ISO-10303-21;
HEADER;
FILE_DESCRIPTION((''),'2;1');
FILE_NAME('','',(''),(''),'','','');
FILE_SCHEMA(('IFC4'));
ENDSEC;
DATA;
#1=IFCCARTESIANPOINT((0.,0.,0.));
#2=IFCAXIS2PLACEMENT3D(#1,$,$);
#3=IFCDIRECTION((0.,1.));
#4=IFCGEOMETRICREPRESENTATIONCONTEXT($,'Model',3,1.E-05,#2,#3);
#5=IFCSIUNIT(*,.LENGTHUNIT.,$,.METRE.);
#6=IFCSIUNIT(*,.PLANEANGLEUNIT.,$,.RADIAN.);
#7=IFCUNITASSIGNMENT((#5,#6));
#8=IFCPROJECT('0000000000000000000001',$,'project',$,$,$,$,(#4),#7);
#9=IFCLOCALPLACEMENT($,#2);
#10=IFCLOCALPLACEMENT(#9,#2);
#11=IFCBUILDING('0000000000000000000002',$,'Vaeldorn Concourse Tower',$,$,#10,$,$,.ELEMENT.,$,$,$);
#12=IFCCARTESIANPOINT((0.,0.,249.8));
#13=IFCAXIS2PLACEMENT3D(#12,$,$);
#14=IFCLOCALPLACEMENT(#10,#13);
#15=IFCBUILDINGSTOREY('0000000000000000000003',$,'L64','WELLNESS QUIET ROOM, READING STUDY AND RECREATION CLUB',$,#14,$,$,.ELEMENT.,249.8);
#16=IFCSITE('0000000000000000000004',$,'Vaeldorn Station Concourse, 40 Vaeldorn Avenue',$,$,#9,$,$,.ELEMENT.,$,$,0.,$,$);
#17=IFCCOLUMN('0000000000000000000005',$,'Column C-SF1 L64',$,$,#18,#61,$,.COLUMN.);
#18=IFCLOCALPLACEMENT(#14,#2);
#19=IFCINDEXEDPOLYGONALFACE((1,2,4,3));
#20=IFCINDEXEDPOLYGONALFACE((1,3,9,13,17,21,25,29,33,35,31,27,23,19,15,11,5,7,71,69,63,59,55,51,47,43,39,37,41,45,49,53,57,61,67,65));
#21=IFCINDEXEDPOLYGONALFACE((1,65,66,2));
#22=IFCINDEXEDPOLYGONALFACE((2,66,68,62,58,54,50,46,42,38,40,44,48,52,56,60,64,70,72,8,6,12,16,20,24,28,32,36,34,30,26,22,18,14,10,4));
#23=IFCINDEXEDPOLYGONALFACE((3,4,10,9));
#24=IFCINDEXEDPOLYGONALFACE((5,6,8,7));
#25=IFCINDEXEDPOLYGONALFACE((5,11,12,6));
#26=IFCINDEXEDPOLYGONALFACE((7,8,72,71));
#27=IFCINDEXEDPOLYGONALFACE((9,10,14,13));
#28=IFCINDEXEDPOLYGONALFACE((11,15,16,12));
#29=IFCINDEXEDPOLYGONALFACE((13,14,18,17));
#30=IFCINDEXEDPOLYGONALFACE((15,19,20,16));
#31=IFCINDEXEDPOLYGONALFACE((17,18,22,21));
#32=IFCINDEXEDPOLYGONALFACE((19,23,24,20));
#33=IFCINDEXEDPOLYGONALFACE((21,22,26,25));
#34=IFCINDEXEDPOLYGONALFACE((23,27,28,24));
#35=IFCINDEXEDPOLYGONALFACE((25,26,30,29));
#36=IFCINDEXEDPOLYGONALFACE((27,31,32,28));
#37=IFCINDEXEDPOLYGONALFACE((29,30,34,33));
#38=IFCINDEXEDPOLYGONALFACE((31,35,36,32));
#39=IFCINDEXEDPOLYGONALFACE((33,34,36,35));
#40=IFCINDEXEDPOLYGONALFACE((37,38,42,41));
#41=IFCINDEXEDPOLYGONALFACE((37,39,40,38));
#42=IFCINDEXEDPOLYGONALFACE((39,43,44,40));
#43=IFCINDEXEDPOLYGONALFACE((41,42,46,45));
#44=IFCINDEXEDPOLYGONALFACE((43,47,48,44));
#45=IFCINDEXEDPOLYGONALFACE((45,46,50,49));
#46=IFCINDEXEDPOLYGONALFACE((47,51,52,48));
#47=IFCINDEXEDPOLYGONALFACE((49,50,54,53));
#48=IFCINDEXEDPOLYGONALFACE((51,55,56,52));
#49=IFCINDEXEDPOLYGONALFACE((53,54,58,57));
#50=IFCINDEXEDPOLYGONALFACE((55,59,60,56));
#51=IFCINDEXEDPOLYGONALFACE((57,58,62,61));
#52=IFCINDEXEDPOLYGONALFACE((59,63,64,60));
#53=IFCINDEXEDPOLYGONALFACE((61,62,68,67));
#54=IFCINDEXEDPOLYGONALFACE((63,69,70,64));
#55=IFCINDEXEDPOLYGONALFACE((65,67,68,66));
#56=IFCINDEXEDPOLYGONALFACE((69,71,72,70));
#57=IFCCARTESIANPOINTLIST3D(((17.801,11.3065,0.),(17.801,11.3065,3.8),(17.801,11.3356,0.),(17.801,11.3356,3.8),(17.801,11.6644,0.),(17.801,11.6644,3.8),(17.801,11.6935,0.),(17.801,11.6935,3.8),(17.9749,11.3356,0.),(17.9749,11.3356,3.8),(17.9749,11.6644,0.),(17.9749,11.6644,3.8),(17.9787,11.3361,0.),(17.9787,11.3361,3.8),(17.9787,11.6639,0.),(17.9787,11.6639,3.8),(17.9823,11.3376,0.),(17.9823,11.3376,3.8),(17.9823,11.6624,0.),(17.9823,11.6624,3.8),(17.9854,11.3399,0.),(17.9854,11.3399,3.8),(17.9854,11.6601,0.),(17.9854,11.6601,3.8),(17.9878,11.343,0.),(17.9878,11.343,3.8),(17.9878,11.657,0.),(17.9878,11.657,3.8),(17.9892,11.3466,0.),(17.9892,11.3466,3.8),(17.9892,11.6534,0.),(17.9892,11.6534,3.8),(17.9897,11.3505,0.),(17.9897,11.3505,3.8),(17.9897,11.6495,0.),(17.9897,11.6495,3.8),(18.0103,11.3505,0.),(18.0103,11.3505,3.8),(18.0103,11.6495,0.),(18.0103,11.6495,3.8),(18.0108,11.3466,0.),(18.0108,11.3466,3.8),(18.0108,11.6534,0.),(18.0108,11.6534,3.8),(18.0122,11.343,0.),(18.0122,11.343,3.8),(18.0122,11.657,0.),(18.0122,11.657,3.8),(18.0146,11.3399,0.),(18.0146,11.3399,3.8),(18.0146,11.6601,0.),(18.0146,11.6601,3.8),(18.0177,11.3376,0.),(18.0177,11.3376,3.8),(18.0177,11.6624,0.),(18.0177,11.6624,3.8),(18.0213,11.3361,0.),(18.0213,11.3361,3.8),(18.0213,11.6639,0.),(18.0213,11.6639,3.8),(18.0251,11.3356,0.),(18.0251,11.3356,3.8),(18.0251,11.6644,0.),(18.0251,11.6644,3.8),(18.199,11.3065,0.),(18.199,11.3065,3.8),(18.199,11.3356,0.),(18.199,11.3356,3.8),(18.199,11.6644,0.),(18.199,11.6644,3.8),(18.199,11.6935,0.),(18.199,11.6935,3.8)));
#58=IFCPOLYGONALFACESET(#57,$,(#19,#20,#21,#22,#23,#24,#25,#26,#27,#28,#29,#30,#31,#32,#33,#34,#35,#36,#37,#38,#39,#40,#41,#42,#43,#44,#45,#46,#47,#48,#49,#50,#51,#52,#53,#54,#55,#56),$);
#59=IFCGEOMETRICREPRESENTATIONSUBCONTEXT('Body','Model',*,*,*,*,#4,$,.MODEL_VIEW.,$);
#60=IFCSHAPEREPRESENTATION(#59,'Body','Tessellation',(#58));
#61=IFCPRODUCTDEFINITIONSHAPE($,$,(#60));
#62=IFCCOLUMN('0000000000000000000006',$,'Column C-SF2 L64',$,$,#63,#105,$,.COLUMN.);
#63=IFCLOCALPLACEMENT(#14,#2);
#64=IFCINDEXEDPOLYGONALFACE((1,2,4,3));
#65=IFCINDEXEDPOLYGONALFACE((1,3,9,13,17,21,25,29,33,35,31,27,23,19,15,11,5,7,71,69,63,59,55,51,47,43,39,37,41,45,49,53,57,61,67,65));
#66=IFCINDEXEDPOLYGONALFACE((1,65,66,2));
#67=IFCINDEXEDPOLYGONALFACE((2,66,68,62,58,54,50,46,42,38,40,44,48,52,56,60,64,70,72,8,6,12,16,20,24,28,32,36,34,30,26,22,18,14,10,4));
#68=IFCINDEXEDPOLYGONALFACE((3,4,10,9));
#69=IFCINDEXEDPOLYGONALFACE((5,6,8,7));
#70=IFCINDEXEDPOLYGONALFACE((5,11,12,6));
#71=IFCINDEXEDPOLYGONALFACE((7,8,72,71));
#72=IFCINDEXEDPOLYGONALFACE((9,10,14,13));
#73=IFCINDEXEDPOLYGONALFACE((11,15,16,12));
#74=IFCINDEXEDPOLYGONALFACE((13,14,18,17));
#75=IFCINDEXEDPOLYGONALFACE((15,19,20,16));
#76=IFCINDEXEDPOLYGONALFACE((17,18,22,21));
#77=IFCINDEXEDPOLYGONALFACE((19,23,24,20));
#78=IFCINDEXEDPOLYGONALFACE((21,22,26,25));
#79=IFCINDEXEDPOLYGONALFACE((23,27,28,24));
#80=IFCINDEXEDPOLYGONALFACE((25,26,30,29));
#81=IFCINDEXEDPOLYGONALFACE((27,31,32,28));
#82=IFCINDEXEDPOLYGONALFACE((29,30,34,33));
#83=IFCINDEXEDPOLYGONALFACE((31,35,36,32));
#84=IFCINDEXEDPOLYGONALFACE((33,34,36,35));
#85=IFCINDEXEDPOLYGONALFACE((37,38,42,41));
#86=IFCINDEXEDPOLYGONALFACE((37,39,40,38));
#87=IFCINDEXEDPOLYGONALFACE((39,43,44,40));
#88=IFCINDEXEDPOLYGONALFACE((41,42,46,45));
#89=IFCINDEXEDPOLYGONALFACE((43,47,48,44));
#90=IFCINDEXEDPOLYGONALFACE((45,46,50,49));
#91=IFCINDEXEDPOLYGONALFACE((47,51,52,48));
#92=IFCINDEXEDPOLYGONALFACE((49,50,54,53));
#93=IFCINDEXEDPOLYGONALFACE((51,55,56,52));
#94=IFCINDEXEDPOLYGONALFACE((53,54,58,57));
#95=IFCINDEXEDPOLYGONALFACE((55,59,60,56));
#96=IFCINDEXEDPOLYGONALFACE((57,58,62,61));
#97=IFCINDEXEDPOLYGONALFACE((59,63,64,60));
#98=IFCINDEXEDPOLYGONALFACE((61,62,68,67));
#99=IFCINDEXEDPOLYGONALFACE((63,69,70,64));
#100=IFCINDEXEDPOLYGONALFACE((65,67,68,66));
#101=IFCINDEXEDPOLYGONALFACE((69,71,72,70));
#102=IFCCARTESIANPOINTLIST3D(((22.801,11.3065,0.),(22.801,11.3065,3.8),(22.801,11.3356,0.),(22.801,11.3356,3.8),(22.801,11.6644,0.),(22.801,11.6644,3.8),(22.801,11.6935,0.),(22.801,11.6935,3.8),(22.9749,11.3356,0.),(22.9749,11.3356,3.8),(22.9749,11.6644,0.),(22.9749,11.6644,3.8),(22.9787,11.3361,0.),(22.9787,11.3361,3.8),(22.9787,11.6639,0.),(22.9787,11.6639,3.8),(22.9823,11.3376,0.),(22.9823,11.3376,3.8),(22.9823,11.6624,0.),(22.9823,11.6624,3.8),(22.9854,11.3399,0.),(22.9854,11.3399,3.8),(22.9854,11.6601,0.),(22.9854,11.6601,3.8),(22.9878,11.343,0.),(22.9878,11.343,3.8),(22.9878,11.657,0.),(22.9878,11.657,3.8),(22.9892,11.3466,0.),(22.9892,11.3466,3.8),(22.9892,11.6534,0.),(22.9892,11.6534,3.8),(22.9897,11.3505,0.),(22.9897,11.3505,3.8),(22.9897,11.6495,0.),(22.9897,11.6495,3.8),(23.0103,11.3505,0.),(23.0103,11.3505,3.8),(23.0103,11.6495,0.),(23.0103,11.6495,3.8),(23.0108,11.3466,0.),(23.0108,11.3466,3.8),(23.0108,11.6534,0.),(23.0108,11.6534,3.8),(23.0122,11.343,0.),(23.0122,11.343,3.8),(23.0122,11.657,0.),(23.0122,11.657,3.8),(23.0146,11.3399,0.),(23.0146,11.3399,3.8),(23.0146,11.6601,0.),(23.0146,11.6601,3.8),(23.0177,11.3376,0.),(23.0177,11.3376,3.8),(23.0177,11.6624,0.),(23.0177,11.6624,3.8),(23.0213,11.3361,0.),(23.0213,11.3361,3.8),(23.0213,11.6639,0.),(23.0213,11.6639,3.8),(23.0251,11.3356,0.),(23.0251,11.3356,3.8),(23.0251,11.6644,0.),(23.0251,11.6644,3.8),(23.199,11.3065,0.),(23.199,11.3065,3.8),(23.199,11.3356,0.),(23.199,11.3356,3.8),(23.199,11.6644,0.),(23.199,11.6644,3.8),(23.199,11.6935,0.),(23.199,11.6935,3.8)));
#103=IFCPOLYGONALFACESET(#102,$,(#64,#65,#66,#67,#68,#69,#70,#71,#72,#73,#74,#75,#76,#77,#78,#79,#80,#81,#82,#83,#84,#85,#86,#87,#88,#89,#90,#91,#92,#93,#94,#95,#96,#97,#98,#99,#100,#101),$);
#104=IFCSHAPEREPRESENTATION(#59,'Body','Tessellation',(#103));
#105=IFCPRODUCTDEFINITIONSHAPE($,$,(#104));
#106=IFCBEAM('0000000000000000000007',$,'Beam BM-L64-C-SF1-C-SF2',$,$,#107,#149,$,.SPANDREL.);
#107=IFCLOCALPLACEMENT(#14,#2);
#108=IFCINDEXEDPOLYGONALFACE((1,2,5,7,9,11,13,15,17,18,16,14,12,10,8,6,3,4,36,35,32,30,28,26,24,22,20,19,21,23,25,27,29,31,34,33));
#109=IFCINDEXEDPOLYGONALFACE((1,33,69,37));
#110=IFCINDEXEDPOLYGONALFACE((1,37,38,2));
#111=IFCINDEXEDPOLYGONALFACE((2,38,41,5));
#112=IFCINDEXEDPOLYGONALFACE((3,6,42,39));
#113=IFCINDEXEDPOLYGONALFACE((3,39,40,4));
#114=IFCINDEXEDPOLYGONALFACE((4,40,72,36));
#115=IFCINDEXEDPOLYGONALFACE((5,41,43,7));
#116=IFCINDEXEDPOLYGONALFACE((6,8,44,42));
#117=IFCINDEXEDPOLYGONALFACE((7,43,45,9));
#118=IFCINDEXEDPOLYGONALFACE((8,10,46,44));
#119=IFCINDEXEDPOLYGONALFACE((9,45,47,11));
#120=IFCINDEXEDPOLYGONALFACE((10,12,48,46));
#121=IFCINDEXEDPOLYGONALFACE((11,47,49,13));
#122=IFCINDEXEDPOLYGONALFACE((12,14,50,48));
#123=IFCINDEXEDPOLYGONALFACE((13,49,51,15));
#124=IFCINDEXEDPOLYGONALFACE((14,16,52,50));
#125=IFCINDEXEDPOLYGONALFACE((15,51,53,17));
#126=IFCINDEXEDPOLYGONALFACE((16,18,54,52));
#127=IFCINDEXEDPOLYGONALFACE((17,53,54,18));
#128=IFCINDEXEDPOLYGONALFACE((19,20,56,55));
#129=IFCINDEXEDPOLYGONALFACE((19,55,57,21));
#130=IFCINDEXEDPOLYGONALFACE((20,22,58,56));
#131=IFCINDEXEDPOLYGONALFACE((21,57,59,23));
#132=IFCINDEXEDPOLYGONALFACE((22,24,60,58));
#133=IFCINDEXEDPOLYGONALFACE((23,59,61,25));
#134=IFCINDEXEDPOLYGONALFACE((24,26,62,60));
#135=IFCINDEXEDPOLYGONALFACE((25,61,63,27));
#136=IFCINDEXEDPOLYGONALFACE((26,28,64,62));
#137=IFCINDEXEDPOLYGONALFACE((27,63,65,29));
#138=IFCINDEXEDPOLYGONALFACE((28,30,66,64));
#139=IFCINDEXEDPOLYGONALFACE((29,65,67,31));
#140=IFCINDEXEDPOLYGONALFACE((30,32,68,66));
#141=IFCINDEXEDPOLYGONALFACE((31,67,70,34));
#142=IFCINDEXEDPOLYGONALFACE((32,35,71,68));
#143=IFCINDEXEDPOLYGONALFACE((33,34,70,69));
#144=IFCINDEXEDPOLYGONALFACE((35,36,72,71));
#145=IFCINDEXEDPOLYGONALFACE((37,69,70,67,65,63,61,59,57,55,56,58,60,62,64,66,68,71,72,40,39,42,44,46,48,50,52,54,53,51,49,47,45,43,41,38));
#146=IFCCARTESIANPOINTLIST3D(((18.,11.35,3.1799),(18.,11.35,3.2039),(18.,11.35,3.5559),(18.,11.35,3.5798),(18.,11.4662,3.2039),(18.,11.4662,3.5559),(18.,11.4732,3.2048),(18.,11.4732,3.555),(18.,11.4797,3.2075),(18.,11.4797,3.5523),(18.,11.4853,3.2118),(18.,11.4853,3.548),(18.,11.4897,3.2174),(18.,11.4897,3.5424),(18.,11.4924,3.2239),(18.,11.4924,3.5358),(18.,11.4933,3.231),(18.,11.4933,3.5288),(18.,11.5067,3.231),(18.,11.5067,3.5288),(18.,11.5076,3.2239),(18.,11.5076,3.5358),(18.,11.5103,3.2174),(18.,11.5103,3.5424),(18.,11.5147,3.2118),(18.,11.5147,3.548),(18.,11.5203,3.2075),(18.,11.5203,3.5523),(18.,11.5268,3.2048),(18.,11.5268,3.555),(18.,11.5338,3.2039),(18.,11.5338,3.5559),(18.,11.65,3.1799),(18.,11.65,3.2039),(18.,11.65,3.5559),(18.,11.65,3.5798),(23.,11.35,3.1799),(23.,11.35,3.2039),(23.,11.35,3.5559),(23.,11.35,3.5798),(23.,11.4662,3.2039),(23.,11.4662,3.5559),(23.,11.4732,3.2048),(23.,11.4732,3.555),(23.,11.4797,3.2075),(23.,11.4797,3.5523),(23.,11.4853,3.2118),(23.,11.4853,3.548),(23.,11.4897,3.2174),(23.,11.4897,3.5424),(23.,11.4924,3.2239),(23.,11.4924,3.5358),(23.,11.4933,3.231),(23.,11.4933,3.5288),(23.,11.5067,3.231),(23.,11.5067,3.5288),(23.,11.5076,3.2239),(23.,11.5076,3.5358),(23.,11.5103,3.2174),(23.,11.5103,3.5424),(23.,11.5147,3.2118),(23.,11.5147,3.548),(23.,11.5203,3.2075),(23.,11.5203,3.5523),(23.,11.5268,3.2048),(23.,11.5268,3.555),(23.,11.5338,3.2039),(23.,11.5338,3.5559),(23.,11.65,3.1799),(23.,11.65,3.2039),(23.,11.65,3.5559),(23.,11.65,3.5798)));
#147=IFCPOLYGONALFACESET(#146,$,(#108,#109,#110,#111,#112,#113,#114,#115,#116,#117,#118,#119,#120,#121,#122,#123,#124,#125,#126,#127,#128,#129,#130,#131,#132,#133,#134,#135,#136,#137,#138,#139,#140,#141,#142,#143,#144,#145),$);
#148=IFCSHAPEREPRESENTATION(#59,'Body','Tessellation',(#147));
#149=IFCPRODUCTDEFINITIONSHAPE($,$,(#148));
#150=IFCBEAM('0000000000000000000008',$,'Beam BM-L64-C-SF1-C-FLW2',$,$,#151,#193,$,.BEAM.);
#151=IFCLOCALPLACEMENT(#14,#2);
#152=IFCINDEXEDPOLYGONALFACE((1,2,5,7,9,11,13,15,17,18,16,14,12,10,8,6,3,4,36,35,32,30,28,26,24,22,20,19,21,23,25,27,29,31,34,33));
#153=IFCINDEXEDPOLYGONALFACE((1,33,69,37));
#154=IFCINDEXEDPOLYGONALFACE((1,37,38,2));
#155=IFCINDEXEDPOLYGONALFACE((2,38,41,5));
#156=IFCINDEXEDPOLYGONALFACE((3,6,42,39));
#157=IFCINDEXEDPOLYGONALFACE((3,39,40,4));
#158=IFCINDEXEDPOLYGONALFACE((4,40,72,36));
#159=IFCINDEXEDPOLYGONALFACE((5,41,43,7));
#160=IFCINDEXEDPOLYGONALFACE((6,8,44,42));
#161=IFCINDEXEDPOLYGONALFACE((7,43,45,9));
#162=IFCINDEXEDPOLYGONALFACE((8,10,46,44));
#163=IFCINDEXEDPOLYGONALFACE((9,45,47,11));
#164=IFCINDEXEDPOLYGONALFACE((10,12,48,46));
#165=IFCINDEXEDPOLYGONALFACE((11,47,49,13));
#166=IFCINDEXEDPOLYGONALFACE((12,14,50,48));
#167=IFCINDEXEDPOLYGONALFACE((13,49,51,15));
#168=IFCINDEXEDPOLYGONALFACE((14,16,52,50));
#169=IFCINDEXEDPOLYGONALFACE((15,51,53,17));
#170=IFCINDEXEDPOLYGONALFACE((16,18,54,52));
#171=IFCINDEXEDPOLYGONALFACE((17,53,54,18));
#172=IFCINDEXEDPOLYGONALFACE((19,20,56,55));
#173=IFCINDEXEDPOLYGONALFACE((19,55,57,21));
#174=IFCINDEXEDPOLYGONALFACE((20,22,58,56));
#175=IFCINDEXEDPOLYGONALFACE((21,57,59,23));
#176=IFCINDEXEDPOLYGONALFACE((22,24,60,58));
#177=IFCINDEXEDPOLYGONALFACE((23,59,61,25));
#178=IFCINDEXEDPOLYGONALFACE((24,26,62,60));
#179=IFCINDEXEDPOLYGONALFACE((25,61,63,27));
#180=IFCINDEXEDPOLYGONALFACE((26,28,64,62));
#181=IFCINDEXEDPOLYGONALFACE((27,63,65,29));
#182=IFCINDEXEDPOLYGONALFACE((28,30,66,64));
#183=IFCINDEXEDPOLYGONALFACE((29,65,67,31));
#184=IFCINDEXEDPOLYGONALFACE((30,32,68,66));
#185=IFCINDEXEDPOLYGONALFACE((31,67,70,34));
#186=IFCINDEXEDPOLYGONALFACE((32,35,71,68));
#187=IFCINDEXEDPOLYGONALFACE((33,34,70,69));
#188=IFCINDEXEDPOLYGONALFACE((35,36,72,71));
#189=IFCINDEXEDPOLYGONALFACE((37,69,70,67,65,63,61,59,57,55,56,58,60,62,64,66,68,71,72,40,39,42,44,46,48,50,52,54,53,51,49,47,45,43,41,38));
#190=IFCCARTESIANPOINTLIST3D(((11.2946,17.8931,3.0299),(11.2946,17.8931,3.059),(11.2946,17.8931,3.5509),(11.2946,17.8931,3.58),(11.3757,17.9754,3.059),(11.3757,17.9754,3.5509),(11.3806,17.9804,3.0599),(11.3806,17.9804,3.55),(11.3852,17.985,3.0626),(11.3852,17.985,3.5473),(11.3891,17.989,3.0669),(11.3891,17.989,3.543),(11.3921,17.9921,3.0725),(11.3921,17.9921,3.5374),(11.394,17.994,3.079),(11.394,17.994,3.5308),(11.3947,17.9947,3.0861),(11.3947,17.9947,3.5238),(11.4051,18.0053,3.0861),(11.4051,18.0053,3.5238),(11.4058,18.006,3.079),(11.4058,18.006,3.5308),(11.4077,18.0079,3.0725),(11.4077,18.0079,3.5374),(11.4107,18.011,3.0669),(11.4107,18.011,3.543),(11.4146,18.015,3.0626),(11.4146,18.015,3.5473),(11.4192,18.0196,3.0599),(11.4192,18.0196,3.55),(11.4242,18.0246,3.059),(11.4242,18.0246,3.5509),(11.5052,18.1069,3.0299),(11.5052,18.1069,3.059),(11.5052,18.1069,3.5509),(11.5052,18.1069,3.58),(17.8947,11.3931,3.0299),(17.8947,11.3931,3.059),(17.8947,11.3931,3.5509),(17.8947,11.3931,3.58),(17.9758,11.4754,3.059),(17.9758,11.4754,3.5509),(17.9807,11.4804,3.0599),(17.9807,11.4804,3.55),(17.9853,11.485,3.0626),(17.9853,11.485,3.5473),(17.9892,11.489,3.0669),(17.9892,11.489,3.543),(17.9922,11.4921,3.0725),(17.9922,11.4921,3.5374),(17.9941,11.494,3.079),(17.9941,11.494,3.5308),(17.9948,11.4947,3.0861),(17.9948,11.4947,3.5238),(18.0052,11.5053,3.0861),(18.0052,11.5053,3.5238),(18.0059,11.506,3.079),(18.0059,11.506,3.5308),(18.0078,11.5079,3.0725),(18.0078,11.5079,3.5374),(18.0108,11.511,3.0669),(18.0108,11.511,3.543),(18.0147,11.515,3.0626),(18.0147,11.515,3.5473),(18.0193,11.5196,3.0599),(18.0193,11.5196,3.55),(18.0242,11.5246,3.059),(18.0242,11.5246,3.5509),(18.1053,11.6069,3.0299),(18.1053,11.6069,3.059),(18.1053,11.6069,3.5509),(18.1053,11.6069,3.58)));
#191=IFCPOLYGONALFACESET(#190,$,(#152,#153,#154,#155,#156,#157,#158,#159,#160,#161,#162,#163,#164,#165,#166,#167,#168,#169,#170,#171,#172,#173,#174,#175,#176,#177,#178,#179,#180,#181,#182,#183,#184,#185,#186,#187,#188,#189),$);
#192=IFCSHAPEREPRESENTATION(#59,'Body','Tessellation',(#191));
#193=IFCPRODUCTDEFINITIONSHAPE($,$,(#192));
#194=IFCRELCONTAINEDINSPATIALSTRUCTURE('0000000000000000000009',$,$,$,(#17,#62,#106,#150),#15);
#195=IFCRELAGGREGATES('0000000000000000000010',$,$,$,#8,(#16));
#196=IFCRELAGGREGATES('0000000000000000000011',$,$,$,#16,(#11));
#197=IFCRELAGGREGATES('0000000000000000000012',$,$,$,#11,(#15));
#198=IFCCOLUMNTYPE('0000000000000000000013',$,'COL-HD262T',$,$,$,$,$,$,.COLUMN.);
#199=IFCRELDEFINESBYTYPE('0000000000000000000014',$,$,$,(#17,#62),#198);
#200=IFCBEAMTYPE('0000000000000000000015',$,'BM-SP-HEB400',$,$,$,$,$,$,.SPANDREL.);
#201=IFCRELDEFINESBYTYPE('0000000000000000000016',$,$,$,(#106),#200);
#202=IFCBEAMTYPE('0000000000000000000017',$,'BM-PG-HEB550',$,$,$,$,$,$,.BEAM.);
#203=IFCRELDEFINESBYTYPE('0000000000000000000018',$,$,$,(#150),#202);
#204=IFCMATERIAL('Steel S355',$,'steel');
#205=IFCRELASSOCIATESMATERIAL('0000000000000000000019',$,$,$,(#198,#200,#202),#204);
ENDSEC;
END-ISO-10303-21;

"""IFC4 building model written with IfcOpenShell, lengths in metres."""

from ifc_helpers import new_model, si_unit, direction, frame, origin, origin_2d, place, context, subcontext, project, spatial, i_section, extrude, source, transform, mapped, material, material_profile, profile_set, type_object, element, save


model = new_model("IFC4")

# Units and contexts
model_context = context("Model", 3, precision=1e-05, world=origin(), true_north=direction((0.0, 1.0)))
body_context = subcontext(model_context, "Body", "Model", "MODEL_VIEW")
ifc_project = project(units=[si_unit("LENGTHUNIT", "METRE"), si_unit("PLANEANGLEUNIT", "RADIAN")], contexts=[model_context])

# Site, building, storey
site_placement = place(None, origin())
site = spatial("IfcSite", under=ifc_project, at=site_placement, Name="Vaeldorn Station Concourse, 40 Vaeldorn Avenue", CompositionType="ELEMENT", RefElevation=0.0)
building_placement = place(site_placement, origin())
building = spatial("IfcBuilding", under=site, at=building_placement, Name="Vaeldorn Concourse Tower", CompositionType="ELEMENT")
storey_placement = place(building_placement, frame((0.0, 0.0, 249.8)))
storey = spatial("IfcBuildingStorey", under=building, at=storey_placement, Name="L64", Description="WELLNESS QUIET ROOM, READING STUDY AND RECREATION CLUB", CompositionType="ELEMENT", Elevation=249.8)

# Columns
ifc_material_1 = material(Name="Steel S355", Category="steel")
ifc_material_profile_1 = material_profile(ifc_material_1, i_section(OverallWidth=0.3979, OverallDepth=0.387, WebThickness=0.0205, FlangeThickness=0.0291, FilletRadius=0.0149, at=origin_2d()), Name="HD 400x262")
ifc_profile_set_1 = profile_set([ifc_material_profile_1], Name="Steel S355")
column_type = type_object("IfcColumnType", Name="COL-HD262T", PredefinedType="COLUMN", material=ifc_profile_set_1)
shared_shape_1 = source(origin(), body_context, "Body", "SweptSolid", [
    extrude(i_section(OverallWidth=0.3979, OverallDepth=0.387, WebThickness=0.0205, FlangeThickness=0.0291, FilletRadius=0.0149, at=origin_2d()), origin(), (0.0, 0.0, 1.0), 3.8),
])
for number, where, z_axis, x_axis, name in (
    (1, (18.0, 11.5, 0.0), (0.0, 0.0, 1.0), (1.0, 0.0, 0.0), "Column C-SF1 L64"),
    (2, (23.0, 11.5, 0.0), (0.0, 0.0, 1.0), (1.0, 0.0, 0.0), "Column C-SF2 L64"),
):
    element("IfcColumn", number, at=place(storey_placement, frame(where, z_axis=z_axis, x_axis=x_axis)), inside=storey, type_object=column_type, Name=name, PredefinedType="COLUMN", context=body_context, shape_type="MappedRepresentation", body=[
        mapped(shared_shape_1, transform((0.0, 0.0, 0.0), scale=1.0)),
    ])

# Beams
ifc_material_profile_2 = material_profile(ifc_material_1, i_section(OverallWidth=0.3, OverallDepth=0.3999, WebThickness=0.0134, FlangeThickness=0.0239, FilletRadius=0.0271, at=origin_2d()), Name="HEB 400")
ifc_profile_set_2 = profile_set([ifc_material_profile_2], Name="Steel S355")
beam_type_1 = type_object("IfcBeamType", Name="BM-SP-HEB400", PredefinedType="SPANDREL", material=ifc_profile_set_2)
shared_shape_2 = source(origin(), body_context, "Body", "SweptSolid", [
    extrude(i_section(OverallWidth=0.3, OverallDepth=0.3999, WebThickness=0.0134, FlangeThickness=0.0239, FilletRadius=0.0271, at=origin_2d()), origin(), (0.0, 0.0, 1.0), 5.0),
])
beam_1_placement = place(storey_placement, frame((18.0, 11.5, 3.3799), z_axis=(1.0, 0.0, 0.0), x_axis=(0.0, 1.0, 0.0)))
element("IfcBeam", 3, at=beam_1_placement, inside=storey, type_object=beam_type_1, Name="Beam BM-L64-C-SF1-C-SF2", PredefinedType="SPANDREL", context=body_context, shape_type="MappedRepresentation", body=[
    mapped(shared_shape_2, transform((0.0, 0.0, 0.0), scale=1.0)),
])
ifc_material_profile_3 = material_profile(ifc_material_1, i_section(OverallWidth=0.3, OverallDepth=0.55, WebThickness=0.0149, FlangeThickness=0.0291, FilletRadius=0.0271, at=origin_2d()), Name="HEB 550")
ifc_profile_set_3 = profile_set([ifc_material_profile_3], Name="Steel S355")
beam_type_2 = type_object("IfcBeamType", Name="BM-PG-HEB550", PredefinedType="BEAM", material=ifc_profile_set_3)
shared_shape_3 = source(origin(), body_context, "Body", "SweptSolid", [
    extrude(i_section(OverallWidth=0.3, OverallDepth=0.55, WebThickness=0.0149, FlangeThickness=0.0291, FilletRadius=0.0271, at=origin_2d()), origin(), (0.0, 0.0, 1.0), 9.2634),
])
beam_2_placement = place(storey_placement, frame((18.0, 11.5, 3.3049), z_axis=(-0.712489, 0.701683, 0.0), x_axis=(-0.701683, -0.712489, 0.0)))
element("IfcBeam", 4, at=beam_2_placement, inside=storey, type_object=beam_type_2, Name="Beam BM-L64-C-SF1-C-FLW2", PredefinedType="BEAM", context=body_context, shape_type="MappedRepresentation", body=[
    mapped(shared_shape_3, transform((0.0, 0.0, 0.0), scale=1.0)),
])

save(model, "model.ifc")
